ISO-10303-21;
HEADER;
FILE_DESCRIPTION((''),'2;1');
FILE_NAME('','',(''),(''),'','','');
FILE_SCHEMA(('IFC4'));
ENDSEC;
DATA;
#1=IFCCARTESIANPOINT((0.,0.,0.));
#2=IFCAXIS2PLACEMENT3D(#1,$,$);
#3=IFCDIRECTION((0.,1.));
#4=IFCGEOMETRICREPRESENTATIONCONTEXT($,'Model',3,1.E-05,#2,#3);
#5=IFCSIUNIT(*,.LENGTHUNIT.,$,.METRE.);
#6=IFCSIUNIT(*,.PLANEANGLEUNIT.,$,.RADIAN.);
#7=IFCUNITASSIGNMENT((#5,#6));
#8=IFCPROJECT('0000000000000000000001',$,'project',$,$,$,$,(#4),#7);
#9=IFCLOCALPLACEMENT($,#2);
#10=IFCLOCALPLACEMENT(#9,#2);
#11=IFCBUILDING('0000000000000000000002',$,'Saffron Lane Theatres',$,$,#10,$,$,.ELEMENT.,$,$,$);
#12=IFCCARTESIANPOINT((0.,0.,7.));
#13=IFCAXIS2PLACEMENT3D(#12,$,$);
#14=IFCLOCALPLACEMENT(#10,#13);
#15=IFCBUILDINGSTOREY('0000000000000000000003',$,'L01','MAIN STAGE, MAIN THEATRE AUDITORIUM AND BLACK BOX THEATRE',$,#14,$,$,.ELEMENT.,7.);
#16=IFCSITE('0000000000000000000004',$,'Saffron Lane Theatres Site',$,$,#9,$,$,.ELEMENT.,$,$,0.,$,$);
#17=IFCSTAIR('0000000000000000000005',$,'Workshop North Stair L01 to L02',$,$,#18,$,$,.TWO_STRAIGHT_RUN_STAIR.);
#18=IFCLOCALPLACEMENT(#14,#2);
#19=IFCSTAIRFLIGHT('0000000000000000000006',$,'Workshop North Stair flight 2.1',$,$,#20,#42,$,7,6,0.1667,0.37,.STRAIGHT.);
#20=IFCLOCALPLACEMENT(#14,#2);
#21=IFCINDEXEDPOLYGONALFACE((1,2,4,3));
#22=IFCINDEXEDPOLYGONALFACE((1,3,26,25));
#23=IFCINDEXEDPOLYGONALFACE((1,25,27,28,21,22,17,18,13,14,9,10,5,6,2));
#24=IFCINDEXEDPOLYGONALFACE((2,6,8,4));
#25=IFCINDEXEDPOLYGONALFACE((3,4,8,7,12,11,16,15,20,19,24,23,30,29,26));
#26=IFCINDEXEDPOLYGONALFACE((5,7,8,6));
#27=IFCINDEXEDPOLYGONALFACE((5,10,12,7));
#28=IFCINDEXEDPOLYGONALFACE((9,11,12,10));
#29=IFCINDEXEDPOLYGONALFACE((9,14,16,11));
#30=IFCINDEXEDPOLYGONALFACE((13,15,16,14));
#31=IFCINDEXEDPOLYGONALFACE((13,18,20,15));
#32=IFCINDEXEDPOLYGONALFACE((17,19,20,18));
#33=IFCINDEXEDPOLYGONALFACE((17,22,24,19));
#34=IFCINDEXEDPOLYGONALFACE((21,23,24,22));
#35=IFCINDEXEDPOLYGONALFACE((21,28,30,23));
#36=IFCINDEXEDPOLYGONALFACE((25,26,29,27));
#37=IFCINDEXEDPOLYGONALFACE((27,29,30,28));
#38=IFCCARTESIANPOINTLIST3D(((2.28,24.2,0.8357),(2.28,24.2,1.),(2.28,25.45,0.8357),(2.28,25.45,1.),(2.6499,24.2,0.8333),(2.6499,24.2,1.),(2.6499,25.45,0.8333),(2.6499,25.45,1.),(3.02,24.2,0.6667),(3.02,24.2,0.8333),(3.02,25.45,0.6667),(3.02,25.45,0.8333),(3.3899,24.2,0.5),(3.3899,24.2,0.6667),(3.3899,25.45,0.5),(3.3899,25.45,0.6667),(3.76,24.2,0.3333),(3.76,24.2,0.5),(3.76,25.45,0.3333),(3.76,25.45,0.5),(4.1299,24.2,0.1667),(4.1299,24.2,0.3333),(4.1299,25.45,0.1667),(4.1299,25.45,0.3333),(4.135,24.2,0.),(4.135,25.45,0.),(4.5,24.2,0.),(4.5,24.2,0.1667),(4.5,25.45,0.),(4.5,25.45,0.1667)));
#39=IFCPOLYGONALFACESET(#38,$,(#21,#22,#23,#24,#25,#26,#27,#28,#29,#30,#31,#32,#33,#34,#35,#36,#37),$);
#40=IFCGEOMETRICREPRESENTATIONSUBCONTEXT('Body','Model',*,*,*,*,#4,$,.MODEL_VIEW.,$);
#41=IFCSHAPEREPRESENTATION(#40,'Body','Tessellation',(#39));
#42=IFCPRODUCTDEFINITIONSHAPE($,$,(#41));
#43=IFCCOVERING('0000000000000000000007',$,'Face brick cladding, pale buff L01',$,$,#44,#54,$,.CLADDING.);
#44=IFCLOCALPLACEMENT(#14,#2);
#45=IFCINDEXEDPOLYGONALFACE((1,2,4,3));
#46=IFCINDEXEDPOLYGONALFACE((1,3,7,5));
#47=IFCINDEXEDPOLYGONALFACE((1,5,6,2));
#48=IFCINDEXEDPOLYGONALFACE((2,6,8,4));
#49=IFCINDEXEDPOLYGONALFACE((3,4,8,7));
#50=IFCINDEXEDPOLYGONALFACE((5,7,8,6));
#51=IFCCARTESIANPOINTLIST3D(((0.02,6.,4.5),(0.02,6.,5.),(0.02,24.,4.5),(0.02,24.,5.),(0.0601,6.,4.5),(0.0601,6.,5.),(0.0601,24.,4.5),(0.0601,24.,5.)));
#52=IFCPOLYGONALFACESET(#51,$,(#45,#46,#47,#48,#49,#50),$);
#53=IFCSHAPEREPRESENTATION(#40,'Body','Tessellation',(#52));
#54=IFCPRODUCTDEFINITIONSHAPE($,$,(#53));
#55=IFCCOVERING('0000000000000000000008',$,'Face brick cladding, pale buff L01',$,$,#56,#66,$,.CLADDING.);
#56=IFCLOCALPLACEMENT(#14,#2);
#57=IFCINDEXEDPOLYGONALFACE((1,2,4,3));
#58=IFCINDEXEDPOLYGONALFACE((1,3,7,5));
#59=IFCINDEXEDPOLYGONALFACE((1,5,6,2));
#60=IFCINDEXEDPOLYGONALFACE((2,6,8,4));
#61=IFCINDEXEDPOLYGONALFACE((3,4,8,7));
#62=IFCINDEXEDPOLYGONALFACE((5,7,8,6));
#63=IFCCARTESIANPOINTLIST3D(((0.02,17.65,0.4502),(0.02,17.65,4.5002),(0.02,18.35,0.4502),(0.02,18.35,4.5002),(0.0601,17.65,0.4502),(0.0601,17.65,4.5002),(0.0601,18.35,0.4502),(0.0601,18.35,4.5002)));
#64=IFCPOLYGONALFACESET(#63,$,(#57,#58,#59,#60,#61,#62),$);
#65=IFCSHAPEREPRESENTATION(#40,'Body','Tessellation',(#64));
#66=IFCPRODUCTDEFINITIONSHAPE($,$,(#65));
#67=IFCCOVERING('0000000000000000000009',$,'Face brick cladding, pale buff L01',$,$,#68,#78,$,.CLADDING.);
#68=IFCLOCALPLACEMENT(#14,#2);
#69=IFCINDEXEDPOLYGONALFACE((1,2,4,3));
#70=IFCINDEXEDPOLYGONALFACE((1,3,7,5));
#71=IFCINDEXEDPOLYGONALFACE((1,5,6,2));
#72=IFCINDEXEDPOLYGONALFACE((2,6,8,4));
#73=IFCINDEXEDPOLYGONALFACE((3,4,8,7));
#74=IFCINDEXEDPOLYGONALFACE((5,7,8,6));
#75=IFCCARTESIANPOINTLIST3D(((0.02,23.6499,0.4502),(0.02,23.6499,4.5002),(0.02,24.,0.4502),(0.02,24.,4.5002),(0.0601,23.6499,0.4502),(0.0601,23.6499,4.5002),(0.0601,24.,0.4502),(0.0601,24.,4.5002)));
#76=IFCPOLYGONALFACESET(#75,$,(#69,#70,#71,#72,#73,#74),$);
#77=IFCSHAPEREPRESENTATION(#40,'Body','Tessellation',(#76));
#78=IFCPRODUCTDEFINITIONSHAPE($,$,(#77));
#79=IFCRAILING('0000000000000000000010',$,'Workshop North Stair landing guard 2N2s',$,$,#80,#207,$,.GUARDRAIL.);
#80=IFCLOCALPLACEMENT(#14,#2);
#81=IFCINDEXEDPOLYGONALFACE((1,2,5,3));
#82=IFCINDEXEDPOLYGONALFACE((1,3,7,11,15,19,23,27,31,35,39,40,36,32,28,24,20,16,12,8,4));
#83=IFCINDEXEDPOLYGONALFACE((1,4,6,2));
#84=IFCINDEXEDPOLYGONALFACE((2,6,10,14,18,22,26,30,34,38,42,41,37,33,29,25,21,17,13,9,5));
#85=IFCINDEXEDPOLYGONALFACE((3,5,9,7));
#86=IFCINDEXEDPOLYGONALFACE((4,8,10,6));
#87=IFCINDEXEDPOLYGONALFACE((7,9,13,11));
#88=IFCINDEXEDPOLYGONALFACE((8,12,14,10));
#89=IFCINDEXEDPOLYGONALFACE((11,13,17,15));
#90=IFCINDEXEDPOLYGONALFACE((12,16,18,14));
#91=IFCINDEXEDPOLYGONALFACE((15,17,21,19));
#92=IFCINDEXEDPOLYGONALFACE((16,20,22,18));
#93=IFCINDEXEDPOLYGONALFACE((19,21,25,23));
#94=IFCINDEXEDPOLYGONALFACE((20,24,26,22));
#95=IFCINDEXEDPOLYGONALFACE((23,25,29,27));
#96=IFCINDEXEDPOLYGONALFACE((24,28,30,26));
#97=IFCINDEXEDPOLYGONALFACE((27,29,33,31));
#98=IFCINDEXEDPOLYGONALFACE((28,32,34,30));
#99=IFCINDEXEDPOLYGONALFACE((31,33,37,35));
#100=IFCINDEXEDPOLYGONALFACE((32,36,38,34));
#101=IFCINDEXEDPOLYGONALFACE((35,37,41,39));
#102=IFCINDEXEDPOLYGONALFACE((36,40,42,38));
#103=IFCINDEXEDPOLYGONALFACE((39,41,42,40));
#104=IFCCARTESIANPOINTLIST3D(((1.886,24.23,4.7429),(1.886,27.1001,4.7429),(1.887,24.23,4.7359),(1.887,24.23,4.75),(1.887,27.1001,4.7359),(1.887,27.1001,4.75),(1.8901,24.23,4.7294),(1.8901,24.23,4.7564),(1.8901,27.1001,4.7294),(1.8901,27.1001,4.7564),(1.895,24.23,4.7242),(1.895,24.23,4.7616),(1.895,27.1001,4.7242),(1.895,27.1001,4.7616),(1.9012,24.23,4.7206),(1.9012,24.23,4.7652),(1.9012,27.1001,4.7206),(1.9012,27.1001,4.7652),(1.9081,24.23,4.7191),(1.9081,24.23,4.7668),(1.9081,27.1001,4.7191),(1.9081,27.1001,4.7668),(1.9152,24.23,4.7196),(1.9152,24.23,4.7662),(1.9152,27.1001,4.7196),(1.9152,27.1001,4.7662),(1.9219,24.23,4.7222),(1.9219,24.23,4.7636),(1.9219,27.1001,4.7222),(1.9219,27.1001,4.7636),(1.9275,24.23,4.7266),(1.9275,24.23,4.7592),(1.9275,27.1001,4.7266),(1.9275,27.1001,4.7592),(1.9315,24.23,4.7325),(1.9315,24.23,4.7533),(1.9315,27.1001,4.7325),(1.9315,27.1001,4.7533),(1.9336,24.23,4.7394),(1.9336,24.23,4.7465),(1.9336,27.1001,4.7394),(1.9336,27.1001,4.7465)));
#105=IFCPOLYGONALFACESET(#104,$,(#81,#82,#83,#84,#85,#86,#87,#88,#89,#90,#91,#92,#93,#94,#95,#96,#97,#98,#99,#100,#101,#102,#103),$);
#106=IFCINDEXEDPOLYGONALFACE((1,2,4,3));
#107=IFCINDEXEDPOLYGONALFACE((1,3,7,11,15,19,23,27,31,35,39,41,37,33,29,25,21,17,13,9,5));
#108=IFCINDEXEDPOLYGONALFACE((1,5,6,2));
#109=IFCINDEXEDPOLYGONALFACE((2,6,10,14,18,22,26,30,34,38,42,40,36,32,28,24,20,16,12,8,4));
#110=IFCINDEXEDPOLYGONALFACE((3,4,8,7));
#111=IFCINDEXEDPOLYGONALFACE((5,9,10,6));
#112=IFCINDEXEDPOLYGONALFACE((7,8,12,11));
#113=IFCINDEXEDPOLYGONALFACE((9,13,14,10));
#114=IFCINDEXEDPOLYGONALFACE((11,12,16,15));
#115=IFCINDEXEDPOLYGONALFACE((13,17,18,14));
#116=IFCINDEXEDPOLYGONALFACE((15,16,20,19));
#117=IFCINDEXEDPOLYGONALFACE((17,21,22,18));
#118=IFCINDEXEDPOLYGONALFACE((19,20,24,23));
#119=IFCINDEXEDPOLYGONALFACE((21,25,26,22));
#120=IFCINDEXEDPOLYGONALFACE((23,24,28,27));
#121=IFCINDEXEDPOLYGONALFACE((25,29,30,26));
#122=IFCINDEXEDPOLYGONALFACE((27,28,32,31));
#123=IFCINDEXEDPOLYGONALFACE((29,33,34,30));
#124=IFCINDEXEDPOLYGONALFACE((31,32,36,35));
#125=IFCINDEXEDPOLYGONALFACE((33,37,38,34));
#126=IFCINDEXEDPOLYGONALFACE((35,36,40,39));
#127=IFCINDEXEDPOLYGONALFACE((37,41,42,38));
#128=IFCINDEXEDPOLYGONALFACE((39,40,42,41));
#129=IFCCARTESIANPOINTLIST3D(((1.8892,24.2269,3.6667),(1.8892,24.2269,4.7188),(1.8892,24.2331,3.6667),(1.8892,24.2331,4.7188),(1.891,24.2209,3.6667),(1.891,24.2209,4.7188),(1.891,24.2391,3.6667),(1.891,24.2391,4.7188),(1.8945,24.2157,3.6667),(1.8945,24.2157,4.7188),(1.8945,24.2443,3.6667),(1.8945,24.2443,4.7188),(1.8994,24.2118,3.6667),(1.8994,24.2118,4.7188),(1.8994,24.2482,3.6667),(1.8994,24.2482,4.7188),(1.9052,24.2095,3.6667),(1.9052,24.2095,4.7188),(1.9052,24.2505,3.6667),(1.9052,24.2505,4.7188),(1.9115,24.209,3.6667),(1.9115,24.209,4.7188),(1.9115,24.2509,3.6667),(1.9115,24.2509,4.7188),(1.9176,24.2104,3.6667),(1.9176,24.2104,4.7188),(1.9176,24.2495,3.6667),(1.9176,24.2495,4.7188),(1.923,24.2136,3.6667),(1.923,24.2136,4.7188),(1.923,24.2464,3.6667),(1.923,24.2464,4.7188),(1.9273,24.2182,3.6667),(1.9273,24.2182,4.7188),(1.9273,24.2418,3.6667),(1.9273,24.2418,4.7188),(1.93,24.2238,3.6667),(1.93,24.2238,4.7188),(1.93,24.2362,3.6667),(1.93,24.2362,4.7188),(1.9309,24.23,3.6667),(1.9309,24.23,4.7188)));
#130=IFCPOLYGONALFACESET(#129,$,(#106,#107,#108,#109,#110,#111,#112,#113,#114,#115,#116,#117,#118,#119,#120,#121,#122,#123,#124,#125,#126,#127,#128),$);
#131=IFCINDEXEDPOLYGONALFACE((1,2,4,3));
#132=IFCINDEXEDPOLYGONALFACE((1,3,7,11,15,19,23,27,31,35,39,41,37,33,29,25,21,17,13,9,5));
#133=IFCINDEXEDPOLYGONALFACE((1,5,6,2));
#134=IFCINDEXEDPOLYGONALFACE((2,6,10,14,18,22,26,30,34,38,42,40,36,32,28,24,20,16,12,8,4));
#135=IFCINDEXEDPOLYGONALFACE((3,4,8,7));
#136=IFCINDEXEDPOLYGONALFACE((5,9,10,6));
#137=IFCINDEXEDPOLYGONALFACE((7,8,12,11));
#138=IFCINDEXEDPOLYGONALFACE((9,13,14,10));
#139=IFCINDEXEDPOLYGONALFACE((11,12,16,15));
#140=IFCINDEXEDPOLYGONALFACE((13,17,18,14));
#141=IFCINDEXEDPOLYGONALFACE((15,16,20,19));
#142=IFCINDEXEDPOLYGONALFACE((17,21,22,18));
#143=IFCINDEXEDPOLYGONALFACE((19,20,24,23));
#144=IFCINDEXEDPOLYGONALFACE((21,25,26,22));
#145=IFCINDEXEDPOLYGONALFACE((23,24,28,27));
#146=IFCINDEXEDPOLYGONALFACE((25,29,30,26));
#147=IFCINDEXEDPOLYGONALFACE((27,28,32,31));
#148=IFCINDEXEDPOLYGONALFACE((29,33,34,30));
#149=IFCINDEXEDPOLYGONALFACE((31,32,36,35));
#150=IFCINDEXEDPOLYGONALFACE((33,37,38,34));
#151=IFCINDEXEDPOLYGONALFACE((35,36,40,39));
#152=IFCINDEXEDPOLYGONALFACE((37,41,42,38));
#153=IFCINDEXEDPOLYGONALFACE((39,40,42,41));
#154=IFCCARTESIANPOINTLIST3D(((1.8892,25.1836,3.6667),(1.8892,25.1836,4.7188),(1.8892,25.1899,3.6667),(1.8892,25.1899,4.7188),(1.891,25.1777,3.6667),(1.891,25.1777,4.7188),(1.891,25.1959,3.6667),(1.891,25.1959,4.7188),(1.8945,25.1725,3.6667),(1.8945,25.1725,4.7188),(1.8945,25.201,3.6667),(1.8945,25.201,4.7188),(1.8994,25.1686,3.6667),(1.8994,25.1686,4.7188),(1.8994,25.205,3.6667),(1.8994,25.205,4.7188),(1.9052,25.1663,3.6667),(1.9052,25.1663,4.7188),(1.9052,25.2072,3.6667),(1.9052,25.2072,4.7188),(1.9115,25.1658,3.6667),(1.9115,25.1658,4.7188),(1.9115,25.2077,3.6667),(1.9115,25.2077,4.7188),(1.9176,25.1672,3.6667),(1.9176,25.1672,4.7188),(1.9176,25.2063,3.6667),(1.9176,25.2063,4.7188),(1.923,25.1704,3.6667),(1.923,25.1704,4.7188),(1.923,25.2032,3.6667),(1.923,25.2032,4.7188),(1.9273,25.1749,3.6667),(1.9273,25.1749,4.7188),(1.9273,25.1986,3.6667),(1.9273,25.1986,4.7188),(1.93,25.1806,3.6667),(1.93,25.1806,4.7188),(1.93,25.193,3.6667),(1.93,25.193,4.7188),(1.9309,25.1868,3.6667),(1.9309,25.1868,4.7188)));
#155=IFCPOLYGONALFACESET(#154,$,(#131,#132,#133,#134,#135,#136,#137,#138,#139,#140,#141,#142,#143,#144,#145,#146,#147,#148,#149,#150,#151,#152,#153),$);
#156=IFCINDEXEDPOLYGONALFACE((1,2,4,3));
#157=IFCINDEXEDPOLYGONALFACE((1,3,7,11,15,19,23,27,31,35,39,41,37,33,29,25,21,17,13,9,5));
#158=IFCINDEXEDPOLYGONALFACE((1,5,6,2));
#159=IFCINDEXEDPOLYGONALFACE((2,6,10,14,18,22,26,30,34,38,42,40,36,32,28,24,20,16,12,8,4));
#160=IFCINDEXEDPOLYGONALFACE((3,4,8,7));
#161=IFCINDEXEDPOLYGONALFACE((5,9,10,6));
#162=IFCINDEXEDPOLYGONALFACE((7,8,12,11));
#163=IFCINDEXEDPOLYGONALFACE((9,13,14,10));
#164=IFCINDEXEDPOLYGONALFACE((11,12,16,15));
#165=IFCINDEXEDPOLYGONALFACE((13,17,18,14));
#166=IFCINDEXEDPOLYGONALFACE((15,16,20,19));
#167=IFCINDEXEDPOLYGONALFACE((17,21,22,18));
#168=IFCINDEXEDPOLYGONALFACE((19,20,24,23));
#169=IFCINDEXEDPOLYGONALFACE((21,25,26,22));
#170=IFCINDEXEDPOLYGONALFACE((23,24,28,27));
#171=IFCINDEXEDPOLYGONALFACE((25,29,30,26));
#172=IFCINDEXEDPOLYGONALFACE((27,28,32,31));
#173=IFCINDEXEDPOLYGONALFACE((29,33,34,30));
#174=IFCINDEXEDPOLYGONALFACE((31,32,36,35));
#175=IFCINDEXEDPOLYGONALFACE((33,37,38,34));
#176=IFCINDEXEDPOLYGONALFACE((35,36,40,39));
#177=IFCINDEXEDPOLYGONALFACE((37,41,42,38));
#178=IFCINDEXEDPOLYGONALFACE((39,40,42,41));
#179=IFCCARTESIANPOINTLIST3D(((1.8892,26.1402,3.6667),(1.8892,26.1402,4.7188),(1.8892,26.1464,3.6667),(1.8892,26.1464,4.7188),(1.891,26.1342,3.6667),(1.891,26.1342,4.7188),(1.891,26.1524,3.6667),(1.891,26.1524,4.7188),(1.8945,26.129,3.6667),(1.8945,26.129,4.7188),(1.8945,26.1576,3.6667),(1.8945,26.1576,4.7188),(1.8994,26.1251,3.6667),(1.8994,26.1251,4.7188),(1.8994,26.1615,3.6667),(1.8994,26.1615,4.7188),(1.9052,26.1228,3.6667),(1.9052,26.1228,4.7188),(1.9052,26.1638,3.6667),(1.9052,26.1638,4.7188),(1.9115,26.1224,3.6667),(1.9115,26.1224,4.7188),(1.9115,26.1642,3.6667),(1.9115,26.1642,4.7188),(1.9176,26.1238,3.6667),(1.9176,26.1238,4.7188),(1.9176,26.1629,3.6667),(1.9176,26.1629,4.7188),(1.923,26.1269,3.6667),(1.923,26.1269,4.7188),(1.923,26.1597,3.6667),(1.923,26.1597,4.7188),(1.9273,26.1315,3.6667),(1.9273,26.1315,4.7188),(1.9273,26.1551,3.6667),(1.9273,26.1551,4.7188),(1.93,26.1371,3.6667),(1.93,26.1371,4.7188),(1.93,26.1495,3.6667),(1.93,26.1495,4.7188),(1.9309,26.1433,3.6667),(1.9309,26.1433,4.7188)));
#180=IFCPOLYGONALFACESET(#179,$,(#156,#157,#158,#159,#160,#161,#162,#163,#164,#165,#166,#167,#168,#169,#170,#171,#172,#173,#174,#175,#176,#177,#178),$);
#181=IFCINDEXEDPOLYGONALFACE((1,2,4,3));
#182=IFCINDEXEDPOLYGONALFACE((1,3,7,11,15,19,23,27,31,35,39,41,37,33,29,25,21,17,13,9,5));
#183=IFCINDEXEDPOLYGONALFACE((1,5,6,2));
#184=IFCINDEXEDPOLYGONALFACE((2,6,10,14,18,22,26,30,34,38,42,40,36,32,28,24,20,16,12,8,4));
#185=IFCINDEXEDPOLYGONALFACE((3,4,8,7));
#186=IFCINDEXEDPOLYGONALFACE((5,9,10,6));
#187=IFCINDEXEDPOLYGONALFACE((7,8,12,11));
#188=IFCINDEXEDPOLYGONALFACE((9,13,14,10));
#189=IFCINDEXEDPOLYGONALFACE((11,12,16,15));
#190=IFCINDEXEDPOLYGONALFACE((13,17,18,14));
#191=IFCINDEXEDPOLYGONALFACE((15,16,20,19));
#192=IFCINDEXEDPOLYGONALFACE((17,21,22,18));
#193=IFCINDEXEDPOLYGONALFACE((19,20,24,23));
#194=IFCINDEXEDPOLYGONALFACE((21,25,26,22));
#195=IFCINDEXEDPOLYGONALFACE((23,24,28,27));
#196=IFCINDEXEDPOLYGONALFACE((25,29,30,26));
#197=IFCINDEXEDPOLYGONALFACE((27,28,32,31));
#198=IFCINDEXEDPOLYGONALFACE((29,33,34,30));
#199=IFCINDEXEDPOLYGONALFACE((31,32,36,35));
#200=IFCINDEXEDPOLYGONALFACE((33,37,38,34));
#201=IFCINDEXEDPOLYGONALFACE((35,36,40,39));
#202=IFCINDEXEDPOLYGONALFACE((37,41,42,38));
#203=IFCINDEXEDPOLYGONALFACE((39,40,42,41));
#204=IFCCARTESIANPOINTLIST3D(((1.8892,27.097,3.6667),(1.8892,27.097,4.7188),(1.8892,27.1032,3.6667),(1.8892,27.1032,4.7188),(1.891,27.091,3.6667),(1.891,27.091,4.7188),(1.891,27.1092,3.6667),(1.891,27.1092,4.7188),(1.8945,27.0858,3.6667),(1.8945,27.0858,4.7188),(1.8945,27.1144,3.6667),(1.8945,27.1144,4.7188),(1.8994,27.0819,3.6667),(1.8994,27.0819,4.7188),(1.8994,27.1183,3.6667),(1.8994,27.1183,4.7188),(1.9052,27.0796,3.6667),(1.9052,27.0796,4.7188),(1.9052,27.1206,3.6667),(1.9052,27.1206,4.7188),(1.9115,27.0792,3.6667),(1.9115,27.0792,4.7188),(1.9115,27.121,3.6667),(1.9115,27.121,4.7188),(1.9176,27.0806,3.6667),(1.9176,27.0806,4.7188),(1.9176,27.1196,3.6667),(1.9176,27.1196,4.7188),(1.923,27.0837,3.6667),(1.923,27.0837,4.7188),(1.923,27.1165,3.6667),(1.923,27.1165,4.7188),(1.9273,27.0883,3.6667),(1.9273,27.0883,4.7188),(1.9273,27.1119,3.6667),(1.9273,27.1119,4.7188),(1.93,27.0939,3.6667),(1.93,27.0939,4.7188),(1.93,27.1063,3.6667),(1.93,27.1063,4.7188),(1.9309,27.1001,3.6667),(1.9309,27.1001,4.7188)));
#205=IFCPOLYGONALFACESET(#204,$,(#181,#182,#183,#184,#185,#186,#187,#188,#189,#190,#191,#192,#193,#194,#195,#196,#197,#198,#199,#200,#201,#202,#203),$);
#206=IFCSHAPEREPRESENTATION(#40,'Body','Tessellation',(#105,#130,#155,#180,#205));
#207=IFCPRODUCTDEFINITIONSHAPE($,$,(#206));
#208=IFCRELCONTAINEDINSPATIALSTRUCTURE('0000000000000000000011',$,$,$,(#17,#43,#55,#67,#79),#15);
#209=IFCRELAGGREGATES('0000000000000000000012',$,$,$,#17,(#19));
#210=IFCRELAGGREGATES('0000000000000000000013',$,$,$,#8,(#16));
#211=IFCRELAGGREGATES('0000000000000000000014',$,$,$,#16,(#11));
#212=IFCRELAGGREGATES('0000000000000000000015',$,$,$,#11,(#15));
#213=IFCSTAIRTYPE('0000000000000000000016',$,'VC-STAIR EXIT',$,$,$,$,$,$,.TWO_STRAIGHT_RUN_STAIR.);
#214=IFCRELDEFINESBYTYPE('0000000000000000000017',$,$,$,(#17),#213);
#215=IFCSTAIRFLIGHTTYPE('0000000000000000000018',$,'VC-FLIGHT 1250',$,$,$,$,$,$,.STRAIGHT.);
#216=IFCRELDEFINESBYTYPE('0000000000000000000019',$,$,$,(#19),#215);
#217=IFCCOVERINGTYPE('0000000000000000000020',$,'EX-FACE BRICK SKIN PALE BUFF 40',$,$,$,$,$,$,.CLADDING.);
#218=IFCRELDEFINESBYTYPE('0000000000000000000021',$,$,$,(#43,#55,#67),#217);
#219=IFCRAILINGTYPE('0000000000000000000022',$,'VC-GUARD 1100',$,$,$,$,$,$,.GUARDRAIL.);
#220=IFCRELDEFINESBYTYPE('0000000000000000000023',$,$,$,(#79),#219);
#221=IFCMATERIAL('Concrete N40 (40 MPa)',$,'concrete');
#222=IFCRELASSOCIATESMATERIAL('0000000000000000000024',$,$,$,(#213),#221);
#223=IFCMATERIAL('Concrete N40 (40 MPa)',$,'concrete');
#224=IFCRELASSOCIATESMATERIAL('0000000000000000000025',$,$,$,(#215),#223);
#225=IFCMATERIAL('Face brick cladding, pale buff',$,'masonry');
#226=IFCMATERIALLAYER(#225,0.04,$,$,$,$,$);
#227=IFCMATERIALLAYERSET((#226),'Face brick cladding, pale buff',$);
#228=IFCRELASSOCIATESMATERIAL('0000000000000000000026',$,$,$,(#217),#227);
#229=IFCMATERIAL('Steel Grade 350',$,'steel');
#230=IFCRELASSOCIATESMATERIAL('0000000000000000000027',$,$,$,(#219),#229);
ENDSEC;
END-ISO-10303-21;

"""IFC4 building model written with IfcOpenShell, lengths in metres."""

from ifc_helpers import new_model, si_unit, direction, frame, origin, origin_2d, place, context, subcontext, project, spatial, polyline, rectangle, circle, outline, extrude, material, layer, layer_set, type_object, element, aggregate, save


model = new_model("IFC4")

# Units and contexts
model_context = context("Model", 3, precision=1e-05, world=origin(), true_north=direction((0.0, 1.0)))
body_context = subcontext(model_context, "Body", "Model", "MODEL_VIEW")
ifc_project = project(units=[si_unit("LENGTHUNIT", "METRE"), si_unit("PLANEANGLEUNIT", "RADIAN")], contexts=[model_context])

# Site, building, storey
site_placement = place(None, origin())
site = spatial("IfcSite", under=ifc_project, at=site_placement, Name="Saffron Lane Theatres Site", CompositionType="ELEMENT", RefElevation=0.0)
building_placement = place(site_placement, origin())
building = spatial("IfcBuilding", under=site, at=building_placement, Name="Saffron Lane Theatres", CompositionType="ELEMENT")
storey_placement = place(building_placement, frame((0.0, 0.0, 7.0)))
storey = spatial("IfcBuildingStorey", under=building, at=storey_placement, Name="L01", Description="MAIN STAGE, MAIN THEATRE AUDITORIUM AND BLACK BOX THEATRE", CompositionType="ELEMENT", Elevation=7.0)

# Stair, stair flight
ifc_material_1 = material(Name="Concrete N40 (40 MPa)", Category="concrete")
stair_type = type_object("IfcStairType", Name="VC-STAIR EXIT", PredefinedType="TWO_STRAIGHT_RUN_STAIR", material=ifc_material_1)
stair_placement = place(storey_placement, origin())
stair = element("IfcStair", 1, at=stair_placement, inside=storey, type_object=stair_type, Name="Workshop North Stair L01 to L02", PredefinedType="TWO_STRAIGHT_RUN_STAIR")
ifc_material_2 = material(Name="Concrete N40 (40 MPa)", Category="concrete")
stair_flight_type = type_object("IfcStairFlightType", Name="VC-FLIGHT 1250", PredefinedType="STRAIGHT", material=ifc_material_2)
stair_flight_placement = place(storey_placement, frame((4.5, 24.825, 0.0), z_axis=(0.0, 0.0, 1.0), x_axis=(-1.0, 0.0, 0.0)))
stair_flight = element("IfcStairFlight", 2, at=stair_flight_placement, type_object=stair_flight_type, Name="Workshop North Stair flight 2.1", NumberOfRisers=7, NumberOfTreads=6, PredefinedType="STRAIGHT", RiserHeight=0.1667, TreadLength=0.37, context=body_context, shape_type="SweptSolid", body=[
    extrude(outline(polyline([(0.0, 0.0), (0.0, 0.1667), (0.3701, 0.1667), (0.3701, 0.3333), (0.74, 0.3333), (0.74, 0.5), (1.1101, 0.5), (1.1101, 0.6667), (1.48, 0.6667), (1.48, 0.8333), (1.8501, 0.8333), (1.8501, 1.0), (2.22, 1.0), (2.22, 1.1667), (2.22, 0.8357), (0.365, 0.0), (0.0, 0.0)])), frame((0.0, 0.625, 0.0), z_axis=(0.0, -1.0, 0.0), x_axis=(1.0, 0.0, 0.0)), (0.0, 0.0, 1.0), 1.25),
])
aggregate(stair, [stair_flight])

# Coverings
ifc_material_3 = material(Name="Face brick cladding, pale buff", Category="masonry")
ifc_layer_1 = layer(ifc_material_3, 0.04)
ifc_layer_set_1 = layer_set([ifc_layer_1], Name="Face brick cladding, pale buff")
covering_type_1 = type_object("IfcCoveringType", Name="EX-FACE BRICK SKIN PALE BUFF 40", PredefinedType="CLADDING", material=ifc_layer_set_1)
covering_1_placement = place(storey_placement, frame((0.04, 15.0, 4.5), z_axis=(0.0, 0.0, 1.0), x_axis=(0.0, 1.0, 0.0)))
element("IfcCovering", 3, at=covering_1_placement, inside=storey, type_object=covering_type_1, Name="Face brick cladding, pale buff L01", PredefinedType="CLADDING", context=body_context, shape_type="SweptSolid", body=[
    extrude(rectangle(XDim=18.0, YDim=0.04, at=origin_2d()), origin(), (0.0, 0.0, 1.0), 0.5),
])
covering_2_placement = place(storey_placement, frame((0.04, 18.0, 0.4502), z_axis=(0.0, 0.0, 1.0), x_axis=(0.0, 1.0, 0.0)))
element("IfcCovering", 4, at=covering_2_placement, inside=storey, type_object=covering_type_1, Name="Face brick cladding, pale buff L01", PredefinedType="CLADDING", context=body_context, shape_type="SweptSolid", body=[
    extrude(rectangle(XDim=0.7, YDim=0.04, at=origin_2d()), origin(), (0.0, 0.0, 1.0), 4.05),
])
covering_3_placement = place(storey_placement, frame((0.04, 23.825, 0.4502), z_axis=(0.0, 0.0, 1.0), x_axis=(0.0, 1.0, 0.0)))
element("IfcCovering", 5, at=covering_3_placement, inside=storey, type_object=covering_type_1, Name="Face brick cladding, pale buff L01", PredefinedType="CLADDING", context=body_context, shape_type="SweptSolid", body=[
    extrude(rectangle(XDim=0.3501, YDim=0.04, at=origin_2d()), origin(), (0.0, 0.0, 1.0), 4.05),
])

# Railing
ifc_material_4 = material(Name="Steel Grade 350", Category="steel")
railing_type_1 = type_object("IfcRailingType", Name="VC-GUARD 1100", PredefinedType="GUARDRAIL", material=ifc_material_4)
railing_1_placement = place(storey_placement, frame((1.9099, 24.23, 3.6667)))
element("IfcRailing", 6, at=railing_1_placement, inside=storey, type_object=railing_type_1, Name="Workshop North Stair landing guard 2N2s", PredefinedType="GUARDRAIL", context=body_context, shape_type="SweptSolid", body=[
    extrude(circle(Radius=0.0239, at=origin_2d()), frame((0.0, 0.0, 1.0762), z_axis=(0.0, 1.0, 0.0), x_axis=(-1.0, 0.0, 0.0)), (0.0, 0.0, 1.0), 2.8701),
    extrude(circle(Radius=0.021, at=origin_2d()), origin(), (0.0, 0.0, 1.0), 1.052),
    extrude(circle(Radius=0.021, at=origin_2d()), frame((0.0, 0.9568, 0.0)), (0.0, 0.0, 1.0), 1.052),
    extrude(circle(Radius=0.021, at=origin_2d()), frame((0.0, 1.9133, 0.0)), (0.0, 0.0, 1.0), 1.052),
    extrude(circle(Radius=0.021, at=origin_2d()), frame((0.0, 2.8701, 0.0)), (0.0, 0.0, 1.0), 1.052),
])

save(model, "model.ifc")
